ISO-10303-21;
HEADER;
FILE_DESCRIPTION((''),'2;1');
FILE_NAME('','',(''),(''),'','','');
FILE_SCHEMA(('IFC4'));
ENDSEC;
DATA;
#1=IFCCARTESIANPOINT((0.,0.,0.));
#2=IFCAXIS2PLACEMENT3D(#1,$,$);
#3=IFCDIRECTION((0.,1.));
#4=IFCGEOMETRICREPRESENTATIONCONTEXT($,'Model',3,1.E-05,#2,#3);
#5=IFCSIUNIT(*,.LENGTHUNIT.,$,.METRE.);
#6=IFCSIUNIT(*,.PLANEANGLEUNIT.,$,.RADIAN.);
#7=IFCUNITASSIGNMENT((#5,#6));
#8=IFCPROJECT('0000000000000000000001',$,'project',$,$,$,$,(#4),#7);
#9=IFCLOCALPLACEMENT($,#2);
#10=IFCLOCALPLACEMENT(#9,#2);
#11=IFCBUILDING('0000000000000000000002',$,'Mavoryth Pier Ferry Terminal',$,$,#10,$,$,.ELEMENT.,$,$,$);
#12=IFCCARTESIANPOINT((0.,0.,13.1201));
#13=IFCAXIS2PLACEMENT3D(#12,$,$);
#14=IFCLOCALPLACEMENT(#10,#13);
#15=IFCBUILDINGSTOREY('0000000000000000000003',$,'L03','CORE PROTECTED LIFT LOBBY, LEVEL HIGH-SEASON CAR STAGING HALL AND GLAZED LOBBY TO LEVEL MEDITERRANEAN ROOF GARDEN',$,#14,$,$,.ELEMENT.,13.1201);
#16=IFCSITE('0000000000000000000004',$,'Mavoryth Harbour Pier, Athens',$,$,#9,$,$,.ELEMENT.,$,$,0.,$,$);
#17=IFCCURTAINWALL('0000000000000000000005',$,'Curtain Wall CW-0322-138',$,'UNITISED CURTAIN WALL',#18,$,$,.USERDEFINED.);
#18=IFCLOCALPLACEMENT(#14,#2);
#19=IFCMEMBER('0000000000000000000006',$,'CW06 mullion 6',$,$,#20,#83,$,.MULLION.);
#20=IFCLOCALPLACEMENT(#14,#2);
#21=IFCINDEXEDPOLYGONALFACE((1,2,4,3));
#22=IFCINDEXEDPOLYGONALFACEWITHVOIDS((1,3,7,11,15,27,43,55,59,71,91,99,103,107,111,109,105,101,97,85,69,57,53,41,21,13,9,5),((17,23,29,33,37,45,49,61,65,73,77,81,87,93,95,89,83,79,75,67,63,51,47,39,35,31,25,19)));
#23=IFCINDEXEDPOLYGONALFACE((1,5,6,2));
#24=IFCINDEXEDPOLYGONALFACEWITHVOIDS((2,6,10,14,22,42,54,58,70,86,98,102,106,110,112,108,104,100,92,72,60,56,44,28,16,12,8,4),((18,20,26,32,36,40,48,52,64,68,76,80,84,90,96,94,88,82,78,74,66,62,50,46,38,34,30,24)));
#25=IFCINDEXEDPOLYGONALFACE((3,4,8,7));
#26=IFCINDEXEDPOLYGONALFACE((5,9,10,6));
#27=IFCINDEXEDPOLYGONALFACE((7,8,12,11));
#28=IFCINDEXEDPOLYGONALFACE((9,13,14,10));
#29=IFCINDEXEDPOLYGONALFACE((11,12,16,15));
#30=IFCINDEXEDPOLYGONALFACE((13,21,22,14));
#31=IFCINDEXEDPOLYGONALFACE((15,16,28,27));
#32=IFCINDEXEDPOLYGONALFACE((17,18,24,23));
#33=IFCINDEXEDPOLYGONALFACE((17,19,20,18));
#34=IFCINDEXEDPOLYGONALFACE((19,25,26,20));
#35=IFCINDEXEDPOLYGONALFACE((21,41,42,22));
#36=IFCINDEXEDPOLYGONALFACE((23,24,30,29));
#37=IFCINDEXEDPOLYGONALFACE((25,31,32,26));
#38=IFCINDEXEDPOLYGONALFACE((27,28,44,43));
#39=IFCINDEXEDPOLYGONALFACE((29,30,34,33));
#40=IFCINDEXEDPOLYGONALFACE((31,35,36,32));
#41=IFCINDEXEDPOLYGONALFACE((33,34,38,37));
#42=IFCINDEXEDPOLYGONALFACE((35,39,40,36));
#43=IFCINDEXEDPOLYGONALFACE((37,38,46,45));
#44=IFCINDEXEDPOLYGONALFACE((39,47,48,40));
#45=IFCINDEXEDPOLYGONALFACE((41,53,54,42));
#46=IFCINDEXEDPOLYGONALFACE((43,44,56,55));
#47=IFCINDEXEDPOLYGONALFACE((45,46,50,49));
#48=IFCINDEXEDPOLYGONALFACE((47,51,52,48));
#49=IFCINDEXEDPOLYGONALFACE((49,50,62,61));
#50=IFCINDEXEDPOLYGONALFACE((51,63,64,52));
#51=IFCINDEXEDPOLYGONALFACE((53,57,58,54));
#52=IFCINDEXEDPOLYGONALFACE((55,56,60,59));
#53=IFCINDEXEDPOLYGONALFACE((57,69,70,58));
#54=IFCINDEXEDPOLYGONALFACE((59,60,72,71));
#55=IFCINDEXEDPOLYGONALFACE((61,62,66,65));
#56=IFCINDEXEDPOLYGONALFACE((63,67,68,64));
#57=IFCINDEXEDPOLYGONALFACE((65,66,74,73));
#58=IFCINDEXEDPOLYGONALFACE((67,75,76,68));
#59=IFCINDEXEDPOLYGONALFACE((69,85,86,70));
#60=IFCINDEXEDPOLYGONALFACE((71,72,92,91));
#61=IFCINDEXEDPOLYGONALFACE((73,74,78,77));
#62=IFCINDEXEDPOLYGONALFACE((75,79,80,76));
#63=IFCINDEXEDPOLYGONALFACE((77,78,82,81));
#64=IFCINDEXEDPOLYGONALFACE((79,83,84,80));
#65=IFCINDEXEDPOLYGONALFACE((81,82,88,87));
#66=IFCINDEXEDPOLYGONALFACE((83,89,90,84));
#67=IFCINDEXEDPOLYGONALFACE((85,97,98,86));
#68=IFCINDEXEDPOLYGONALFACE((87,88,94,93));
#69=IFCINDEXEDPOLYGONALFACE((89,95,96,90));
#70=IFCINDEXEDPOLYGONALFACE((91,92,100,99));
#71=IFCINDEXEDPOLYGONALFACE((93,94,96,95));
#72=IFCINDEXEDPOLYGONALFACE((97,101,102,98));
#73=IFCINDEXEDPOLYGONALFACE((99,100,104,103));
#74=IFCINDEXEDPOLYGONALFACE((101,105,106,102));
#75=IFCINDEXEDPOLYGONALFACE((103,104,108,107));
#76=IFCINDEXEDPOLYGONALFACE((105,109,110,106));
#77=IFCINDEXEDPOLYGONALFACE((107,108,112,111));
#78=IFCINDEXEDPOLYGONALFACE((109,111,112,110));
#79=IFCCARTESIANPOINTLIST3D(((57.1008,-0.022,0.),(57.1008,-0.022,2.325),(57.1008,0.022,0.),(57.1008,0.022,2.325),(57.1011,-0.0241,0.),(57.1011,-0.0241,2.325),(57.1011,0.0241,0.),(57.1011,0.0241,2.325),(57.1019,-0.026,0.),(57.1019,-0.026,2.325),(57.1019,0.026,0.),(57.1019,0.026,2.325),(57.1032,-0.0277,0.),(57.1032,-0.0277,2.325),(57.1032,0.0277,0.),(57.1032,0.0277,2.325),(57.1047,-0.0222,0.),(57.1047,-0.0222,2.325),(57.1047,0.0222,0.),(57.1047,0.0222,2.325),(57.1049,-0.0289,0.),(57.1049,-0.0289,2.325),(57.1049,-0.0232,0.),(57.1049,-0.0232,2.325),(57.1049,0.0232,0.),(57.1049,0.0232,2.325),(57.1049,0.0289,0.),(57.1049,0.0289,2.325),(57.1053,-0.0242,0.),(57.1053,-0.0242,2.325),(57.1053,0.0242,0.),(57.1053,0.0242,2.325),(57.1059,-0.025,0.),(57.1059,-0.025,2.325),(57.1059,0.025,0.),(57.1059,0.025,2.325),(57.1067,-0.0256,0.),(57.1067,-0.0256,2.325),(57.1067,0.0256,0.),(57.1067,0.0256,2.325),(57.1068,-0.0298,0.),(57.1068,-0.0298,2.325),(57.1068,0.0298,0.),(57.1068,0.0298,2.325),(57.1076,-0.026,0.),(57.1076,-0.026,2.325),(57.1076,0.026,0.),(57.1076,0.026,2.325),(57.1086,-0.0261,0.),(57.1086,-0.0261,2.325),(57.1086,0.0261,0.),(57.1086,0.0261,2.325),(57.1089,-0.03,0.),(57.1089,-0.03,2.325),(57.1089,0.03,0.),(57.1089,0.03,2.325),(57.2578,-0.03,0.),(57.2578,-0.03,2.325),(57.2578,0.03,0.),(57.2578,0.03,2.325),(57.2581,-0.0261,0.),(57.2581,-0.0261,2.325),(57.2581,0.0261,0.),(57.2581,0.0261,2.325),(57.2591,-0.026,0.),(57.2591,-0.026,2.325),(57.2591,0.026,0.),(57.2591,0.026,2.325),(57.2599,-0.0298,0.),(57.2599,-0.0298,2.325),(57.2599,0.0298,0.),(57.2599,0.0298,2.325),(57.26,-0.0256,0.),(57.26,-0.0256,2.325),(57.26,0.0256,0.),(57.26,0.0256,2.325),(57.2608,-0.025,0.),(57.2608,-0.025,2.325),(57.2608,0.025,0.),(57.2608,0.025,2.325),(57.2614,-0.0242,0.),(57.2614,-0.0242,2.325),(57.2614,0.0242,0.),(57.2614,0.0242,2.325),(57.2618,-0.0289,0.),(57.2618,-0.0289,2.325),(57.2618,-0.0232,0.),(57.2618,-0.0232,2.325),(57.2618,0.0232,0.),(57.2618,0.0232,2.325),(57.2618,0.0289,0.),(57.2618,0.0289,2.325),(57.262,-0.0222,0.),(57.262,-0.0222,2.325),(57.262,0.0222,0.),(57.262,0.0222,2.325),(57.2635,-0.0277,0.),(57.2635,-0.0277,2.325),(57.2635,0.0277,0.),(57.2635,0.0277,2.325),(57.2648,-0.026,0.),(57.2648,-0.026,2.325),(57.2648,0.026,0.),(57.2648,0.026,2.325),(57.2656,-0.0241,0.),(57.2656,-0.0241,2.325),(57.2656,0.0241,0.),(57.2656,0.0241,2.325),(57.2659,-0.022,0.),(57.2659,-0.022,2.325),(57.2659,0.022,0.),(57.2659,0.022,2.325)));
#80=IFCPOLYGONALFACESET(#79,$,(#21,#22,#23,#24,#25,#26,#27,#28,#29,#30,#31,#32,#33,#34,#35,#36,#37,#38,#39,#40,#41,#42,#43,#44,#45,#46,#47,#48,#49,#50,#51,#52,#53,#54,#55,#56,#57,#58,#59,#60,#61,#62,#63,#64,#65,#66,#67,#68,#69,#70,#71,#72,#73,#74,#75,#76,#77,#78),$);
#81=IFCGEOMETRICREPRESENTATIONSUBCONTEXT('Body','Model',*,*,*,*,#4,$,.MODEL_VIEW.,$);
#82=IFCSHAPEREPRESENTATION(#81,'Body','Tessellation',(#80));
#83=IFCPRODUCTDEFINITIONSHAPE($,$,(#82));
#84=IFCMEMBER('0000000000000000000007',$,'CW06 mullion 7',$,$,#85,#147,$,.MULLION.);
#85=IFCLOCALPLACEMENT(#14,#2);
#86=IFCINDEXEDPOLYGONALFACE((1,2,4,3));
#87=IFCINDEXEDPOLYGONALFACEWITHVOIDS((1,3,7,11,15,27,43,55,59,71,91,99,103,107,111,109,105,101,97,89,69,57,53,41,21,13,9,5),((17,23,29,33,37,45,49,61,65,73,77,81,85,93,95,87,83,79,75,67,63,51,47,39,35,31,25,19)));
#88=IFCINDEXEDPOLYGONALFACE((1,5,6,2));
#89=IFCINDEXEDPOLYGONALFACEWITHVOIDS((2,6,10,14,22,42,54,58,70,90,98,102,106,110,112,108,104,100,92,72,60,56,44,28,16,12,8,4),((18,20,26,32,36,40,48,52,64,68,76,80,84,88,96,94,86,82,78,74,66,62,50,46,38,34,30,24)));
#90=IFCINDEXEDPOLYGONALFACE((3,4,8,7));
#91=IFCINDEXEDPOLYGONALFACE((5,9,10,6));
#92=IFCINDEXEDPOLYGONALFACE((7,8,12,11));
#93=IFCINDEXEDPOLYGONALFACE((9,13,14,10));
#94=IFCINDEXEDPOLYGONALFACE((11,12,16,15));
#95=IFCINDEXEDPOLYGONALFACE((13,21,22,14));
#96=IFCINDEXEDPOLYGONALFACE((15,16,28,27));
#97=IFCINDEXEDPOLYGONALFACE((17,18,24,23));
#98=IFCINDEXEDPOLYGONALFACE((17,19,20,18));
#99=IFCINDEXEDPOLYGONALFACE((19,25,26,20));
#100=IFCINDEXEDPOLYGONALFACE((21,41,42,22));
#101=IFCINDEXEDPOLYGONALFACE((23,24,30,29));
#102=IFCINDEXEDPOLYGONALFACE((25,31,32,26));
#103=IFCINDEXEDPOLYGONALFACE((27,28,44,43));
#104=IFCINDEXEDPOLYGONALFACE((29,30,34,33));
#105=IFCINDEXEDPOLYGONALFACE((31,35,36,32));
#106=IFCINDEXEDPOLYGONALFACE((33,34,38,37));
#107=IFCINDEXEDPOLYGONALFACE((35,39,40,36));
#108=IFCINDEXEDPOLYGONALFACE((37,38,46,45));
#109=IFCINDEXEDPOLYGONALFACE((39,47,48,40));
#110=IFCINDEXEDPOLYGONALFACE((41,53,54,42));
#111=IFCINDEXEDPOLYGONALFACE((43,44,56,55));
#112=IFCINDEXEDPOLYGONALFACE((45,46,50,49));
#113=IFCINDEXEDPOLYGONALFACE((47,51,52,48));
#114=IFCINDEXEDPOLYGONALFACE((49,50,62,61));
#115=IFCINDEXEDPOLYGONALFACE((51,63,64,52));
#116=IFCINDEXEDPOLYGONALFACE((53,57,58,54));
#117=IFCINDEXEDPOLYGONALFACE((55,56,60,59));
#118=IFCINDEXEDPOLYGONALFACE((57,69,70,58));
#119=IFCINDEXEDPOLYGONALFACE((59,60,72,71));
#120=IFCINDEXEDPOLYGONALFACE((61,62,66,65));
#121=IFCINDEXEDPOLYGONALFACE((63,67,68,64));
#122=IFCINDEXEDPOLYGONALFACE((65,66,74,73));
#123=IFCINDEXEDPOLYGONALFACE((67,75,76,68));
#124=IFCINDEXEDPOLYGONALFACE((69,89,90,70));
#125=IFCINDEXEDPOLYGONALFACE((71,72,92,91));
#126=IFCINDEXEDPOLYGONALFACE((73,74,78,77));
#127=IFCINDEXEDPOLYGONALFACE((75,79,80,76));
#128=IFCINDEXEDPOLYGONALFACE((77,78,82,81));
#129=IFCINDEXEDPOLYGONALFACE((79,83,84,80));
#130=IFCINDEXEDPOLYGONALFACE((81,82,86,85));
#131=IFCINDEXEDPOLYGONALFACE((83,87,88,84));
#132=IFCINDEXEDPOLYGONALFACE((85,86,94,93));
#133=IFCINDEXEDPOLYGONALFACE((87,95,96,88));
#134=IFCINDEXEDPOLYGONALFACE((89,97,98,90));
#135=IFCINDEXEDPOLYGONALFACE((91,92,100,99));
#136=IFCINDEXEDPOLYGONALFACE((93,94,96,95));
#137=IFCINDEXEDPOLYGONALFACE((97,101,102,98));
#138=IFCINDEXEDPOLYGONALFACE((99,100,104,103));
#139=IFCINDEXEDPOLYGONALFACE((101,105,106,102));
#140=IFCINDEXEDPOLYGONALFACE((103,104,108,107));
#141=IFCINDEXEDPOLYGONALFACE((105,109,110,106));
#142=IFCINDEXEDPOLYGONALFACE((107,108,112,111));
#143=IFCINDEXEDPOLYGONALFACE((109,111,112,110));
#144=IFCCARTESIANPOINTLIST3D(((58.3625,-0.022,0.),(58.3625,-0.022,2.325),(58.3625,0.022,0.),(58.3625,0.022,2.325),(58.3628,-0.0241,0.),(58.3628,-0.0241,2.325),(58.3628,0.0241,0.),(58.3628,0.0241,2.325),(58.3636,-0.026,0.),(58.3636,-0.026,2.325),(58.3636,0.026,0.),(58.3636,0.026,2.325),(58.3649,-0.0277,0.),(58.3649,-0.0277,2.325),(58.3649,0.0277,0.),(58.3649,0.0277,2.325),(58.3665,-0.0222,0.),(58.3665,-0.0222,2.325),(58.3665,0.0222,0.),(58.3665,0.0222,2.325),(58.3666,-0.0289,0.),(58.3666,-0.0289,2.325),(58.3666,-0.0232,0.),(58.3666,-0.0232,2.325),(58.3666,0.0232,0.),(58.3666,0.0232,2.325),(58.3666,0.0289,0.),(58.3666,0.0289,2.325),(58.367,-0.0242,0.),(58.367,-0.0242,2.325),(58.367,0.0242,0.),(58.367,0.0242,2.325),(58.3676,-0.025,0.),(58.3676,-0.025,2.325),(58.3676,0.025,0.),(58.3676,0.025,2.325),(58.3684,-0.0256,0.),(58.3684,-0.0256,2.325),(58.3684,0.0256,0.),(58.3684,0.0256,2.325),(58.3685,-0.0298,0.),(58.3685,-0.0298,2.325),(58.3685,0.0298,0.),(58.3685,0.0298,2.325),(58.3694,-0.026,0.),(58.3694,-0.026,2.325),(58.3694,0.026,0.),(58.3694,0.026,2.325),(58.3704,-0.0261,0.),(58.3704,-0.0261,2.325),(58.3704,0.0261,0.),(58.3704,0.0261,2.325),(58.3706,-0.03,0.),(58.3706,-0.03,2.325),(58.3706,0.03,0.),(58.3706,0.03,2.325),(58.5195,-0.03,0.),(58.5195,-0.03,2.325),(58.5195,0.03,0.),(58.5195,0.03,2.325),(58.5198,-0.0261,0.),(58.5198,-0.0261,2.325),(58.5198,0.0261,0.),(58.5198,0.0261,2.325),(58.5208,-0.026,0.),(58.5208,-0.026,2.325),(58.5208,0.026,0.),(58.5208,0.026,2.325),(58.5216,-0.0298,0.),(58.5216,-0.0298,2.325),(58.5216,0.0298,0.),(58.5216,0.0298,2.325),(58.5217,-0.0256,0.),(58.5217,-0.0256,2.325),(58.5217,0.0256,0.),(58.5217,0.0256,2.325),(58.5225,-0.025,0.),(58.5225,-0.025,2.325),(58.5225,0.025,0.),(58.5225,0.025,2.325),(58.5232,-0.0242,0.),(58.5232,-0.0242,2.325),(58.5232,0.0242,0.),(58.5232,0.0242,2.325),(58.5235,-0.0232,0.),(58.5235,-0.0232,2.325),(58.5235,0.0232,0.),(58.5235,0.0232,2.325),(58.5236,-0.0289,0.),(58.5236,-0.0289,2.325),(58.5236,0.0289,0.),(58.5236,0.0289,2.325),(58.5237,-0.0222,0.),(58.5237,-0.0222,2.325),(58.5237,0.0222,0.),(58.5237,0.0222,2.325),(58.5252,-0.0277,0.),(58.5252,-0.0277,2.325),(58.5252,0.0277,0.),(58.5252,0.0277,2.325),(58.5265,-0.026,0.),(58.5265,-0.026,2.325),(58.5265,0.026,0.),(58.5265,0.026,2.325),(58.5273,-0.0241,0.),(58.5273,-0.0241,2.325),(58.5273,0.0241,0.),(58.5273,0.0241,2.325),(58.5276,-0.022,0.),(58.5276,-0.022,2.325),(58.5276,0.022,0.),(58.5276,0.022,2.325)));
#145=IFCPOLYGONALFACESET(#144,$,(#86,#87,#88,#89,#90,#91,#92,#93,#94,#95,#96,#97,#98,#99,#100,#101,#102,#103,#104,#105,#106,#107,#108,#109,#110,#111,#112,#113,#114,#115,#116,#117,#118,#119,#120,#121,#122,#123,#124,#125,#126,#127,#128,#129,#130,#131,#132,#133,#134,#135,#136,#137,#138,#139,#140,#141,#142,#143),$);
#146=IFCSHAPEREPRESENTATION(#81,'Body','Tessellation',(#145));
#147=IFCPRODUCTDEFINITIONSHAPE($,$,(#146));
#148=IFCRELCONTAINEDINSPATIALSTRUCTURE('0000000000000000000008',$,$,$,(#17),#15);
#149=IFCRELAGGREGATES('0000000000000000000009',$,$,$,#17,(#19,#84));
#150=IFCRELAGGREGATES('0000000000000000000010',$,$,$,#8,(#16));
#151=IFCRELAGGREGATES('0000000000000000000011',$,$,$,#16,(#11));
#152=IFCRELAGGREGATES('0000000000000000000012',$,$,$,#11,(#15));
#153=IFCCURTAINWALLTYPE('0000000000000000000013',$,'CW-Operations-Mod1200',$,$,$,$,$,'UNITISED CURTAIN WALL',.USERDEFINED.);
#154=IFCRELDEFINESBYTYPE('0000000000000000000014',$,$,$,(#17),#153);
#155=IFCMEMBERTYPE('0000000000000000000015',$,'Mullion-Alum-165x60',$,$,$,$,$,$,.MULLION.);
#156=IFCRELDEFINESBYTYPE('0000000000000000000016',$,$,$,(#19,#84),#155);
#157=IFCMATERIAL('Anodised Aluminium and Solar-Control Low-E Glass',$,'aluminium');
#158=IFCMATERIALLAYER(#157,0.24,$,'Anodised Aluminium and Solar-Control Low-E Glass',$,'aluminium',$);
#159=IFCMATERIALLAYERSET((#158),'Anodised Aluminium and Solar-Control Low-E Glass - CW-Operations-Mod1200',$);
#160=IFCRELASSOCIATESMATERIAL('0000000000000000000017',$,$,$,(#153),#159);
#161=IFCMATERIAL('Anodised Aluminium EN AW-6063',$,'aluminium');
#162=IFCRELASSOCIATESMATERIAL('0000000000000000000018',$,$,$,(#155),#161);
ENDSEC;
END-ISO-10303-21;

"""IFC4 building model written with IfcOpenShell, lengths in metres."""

from ifc_helpers import new_model, si_unit, direction, frame, origin, origin_2d, place, context, subcontext, project, spatial, hollow_rectangle, extrude, material, layer, layer_set, material_profile, profile_set, type_object, element, aggregate, save


model = new_model("IFC4")

# Units and contexts
model_context = context("Model", 3, precision=1e-05, world=origin(), true_north=direction((0.0, 1.0)))
body_context = subcontext(model_context, "Body", "Model", "MODEL_VIEW")
ifc_project = project(units=[si_unit("LENGTHUNIT", "METRE"), si_unit("PLANEANGLEUNIT", "RADIAN")], contexts=[model_context])

# Site, building, storey
site_placement = place(None, origin())
site = spatial("IfcSite", under=ifc_project, at=site_placement, Name="Mavoryth Harbour Pier, Athens", CompositionType="ELEMENT", RefElevation=0.0)
building_placement = place(site_placement, origin())
building = spatial("IfcBuilding", under=site, at=building_placement, Name="Mavoryth Pier Ferry Terminal", CompositionType="ELEMENT")
storey_placement = place(building_placement, frame((0.0, 0.0, 13.1201)))
storey = spatial("IfcBuildingStorey", under=building, at=storey_placement, Name="L03", Description="CORE PROTECTED LIFT LOBBY, LEVEL HIGH-SEASON CAR STAGING HALL AND GLAZED LOBBY TO LEVEL MEDITERRANEAN ROOF GARDEN", CompositionType="ELEMENT", Elevation=13.1201)

# Curtain wall, members
ifc_material_1 = material(Name="Anodised Aluminium and Solar-Control Low-E Glass", Category="aluminium")
ifc_layer_1 = layer(ifc_material_1, 0.24, Name="Anodised Aluminium and Solar-Control Low-E Glass", Category="aluminium")
ifc_layer_set_1 = layer_set([ifc_layer_1], Name="Anodised Aluminium and Solar-Control Low-E Glass - CW-Operations-Mod1200")
curtain_wall_type = type_object("IfcCurtainWallType", Name="CW-Operations-Mod1200", ElementType="UNITISED CURTAIN WALL", PredefinedType="USERDEFINED", material=ifc_layer_set_1)
curtain_wall_1_placement = place(storey_placement, origin())
curtain_wall_1 = element("IfcCurtainWall", 1, at=curtain_wall_1_placement, inside=storey, type_object=curtain_wall_type, Name="Curtain Wall CW-0322-138", ObjectType="UNITISED CURTAIN WALL", PredefinedType="USERDEFINED")
ifc_material_2 = material(Name="Anodised Aluminium EN AW-6063", Category="aluminium")
ifc_material_profile_1 = material_profile(ifc_material_2, hollow_rectangle(XDim=0.0601, YDim=0.165, WallThickness=0.0039, InnerFilletRadius=0.0039, OuterFilletRadius=0.0081, at=origin_2d()), Name="AL-MULL 165x60x4", Category="aluminium")
ifc_profile_set_1 = profile_set([ifc_material_profile_1], Name="Anodised Aluminium EN AW-6063 - AL-MULL 165x60x4")
member_type_1 = type_object("IfcMemberType", Name="Mullion-Alum-165x60", PredefinedType="MULLION", material=ifc_profile_set_1)
member_1_placement = place(storey_placement, frame((57.1833, 0.0, 0.0), z_axis=(0.0, 0.0, 1.0), x_axis=(0.0, 1.0, 0.0)))
member_1 = element("IfcMember", 2, at=member_1_placement, type_object=member_type_1, Name="CW06 mullion 6", PredefinedType="MULLION", context=body_context, shape_type="SweptSolid", body=[
    extrude(hollow_rectangle(XDim=0.0601, YDim=0.165, WallThickness=0.0039, InnerFilletRadius=0.0039, OuterFilletRadius=0.0081, at=origin_2d()), origin(), (0.0, 0.0, 1.0), 2.325),
])
member_2_placement = place(storey_placement, frame((58.4451, 0.0, 0.0), z_axis=(0.0, 0.0, 1.0), x_axis=(0.0, 1.0, 0.0)))
member_2 = element("IfcMember", 3, at=member_2_placement, type_object=member_type_1, Name="CW06 mullion 7", PredefinedType="MULLION", context=body_context, shape_type="SweptSolid", body=[
    extrude(hollow_rectangle(XDim=0.0601, YDim=0.165, WallThickness=0.0039, InnerFilletRadius=0.0039, OuterFilletRadius=0.0081, at=origin_2d()), origin(), (0.0, 0.0, 1.0), 2.325),
])

aggregate(curtain_wall_1, [member_1, member_2])

save(model, "model.ifc")
